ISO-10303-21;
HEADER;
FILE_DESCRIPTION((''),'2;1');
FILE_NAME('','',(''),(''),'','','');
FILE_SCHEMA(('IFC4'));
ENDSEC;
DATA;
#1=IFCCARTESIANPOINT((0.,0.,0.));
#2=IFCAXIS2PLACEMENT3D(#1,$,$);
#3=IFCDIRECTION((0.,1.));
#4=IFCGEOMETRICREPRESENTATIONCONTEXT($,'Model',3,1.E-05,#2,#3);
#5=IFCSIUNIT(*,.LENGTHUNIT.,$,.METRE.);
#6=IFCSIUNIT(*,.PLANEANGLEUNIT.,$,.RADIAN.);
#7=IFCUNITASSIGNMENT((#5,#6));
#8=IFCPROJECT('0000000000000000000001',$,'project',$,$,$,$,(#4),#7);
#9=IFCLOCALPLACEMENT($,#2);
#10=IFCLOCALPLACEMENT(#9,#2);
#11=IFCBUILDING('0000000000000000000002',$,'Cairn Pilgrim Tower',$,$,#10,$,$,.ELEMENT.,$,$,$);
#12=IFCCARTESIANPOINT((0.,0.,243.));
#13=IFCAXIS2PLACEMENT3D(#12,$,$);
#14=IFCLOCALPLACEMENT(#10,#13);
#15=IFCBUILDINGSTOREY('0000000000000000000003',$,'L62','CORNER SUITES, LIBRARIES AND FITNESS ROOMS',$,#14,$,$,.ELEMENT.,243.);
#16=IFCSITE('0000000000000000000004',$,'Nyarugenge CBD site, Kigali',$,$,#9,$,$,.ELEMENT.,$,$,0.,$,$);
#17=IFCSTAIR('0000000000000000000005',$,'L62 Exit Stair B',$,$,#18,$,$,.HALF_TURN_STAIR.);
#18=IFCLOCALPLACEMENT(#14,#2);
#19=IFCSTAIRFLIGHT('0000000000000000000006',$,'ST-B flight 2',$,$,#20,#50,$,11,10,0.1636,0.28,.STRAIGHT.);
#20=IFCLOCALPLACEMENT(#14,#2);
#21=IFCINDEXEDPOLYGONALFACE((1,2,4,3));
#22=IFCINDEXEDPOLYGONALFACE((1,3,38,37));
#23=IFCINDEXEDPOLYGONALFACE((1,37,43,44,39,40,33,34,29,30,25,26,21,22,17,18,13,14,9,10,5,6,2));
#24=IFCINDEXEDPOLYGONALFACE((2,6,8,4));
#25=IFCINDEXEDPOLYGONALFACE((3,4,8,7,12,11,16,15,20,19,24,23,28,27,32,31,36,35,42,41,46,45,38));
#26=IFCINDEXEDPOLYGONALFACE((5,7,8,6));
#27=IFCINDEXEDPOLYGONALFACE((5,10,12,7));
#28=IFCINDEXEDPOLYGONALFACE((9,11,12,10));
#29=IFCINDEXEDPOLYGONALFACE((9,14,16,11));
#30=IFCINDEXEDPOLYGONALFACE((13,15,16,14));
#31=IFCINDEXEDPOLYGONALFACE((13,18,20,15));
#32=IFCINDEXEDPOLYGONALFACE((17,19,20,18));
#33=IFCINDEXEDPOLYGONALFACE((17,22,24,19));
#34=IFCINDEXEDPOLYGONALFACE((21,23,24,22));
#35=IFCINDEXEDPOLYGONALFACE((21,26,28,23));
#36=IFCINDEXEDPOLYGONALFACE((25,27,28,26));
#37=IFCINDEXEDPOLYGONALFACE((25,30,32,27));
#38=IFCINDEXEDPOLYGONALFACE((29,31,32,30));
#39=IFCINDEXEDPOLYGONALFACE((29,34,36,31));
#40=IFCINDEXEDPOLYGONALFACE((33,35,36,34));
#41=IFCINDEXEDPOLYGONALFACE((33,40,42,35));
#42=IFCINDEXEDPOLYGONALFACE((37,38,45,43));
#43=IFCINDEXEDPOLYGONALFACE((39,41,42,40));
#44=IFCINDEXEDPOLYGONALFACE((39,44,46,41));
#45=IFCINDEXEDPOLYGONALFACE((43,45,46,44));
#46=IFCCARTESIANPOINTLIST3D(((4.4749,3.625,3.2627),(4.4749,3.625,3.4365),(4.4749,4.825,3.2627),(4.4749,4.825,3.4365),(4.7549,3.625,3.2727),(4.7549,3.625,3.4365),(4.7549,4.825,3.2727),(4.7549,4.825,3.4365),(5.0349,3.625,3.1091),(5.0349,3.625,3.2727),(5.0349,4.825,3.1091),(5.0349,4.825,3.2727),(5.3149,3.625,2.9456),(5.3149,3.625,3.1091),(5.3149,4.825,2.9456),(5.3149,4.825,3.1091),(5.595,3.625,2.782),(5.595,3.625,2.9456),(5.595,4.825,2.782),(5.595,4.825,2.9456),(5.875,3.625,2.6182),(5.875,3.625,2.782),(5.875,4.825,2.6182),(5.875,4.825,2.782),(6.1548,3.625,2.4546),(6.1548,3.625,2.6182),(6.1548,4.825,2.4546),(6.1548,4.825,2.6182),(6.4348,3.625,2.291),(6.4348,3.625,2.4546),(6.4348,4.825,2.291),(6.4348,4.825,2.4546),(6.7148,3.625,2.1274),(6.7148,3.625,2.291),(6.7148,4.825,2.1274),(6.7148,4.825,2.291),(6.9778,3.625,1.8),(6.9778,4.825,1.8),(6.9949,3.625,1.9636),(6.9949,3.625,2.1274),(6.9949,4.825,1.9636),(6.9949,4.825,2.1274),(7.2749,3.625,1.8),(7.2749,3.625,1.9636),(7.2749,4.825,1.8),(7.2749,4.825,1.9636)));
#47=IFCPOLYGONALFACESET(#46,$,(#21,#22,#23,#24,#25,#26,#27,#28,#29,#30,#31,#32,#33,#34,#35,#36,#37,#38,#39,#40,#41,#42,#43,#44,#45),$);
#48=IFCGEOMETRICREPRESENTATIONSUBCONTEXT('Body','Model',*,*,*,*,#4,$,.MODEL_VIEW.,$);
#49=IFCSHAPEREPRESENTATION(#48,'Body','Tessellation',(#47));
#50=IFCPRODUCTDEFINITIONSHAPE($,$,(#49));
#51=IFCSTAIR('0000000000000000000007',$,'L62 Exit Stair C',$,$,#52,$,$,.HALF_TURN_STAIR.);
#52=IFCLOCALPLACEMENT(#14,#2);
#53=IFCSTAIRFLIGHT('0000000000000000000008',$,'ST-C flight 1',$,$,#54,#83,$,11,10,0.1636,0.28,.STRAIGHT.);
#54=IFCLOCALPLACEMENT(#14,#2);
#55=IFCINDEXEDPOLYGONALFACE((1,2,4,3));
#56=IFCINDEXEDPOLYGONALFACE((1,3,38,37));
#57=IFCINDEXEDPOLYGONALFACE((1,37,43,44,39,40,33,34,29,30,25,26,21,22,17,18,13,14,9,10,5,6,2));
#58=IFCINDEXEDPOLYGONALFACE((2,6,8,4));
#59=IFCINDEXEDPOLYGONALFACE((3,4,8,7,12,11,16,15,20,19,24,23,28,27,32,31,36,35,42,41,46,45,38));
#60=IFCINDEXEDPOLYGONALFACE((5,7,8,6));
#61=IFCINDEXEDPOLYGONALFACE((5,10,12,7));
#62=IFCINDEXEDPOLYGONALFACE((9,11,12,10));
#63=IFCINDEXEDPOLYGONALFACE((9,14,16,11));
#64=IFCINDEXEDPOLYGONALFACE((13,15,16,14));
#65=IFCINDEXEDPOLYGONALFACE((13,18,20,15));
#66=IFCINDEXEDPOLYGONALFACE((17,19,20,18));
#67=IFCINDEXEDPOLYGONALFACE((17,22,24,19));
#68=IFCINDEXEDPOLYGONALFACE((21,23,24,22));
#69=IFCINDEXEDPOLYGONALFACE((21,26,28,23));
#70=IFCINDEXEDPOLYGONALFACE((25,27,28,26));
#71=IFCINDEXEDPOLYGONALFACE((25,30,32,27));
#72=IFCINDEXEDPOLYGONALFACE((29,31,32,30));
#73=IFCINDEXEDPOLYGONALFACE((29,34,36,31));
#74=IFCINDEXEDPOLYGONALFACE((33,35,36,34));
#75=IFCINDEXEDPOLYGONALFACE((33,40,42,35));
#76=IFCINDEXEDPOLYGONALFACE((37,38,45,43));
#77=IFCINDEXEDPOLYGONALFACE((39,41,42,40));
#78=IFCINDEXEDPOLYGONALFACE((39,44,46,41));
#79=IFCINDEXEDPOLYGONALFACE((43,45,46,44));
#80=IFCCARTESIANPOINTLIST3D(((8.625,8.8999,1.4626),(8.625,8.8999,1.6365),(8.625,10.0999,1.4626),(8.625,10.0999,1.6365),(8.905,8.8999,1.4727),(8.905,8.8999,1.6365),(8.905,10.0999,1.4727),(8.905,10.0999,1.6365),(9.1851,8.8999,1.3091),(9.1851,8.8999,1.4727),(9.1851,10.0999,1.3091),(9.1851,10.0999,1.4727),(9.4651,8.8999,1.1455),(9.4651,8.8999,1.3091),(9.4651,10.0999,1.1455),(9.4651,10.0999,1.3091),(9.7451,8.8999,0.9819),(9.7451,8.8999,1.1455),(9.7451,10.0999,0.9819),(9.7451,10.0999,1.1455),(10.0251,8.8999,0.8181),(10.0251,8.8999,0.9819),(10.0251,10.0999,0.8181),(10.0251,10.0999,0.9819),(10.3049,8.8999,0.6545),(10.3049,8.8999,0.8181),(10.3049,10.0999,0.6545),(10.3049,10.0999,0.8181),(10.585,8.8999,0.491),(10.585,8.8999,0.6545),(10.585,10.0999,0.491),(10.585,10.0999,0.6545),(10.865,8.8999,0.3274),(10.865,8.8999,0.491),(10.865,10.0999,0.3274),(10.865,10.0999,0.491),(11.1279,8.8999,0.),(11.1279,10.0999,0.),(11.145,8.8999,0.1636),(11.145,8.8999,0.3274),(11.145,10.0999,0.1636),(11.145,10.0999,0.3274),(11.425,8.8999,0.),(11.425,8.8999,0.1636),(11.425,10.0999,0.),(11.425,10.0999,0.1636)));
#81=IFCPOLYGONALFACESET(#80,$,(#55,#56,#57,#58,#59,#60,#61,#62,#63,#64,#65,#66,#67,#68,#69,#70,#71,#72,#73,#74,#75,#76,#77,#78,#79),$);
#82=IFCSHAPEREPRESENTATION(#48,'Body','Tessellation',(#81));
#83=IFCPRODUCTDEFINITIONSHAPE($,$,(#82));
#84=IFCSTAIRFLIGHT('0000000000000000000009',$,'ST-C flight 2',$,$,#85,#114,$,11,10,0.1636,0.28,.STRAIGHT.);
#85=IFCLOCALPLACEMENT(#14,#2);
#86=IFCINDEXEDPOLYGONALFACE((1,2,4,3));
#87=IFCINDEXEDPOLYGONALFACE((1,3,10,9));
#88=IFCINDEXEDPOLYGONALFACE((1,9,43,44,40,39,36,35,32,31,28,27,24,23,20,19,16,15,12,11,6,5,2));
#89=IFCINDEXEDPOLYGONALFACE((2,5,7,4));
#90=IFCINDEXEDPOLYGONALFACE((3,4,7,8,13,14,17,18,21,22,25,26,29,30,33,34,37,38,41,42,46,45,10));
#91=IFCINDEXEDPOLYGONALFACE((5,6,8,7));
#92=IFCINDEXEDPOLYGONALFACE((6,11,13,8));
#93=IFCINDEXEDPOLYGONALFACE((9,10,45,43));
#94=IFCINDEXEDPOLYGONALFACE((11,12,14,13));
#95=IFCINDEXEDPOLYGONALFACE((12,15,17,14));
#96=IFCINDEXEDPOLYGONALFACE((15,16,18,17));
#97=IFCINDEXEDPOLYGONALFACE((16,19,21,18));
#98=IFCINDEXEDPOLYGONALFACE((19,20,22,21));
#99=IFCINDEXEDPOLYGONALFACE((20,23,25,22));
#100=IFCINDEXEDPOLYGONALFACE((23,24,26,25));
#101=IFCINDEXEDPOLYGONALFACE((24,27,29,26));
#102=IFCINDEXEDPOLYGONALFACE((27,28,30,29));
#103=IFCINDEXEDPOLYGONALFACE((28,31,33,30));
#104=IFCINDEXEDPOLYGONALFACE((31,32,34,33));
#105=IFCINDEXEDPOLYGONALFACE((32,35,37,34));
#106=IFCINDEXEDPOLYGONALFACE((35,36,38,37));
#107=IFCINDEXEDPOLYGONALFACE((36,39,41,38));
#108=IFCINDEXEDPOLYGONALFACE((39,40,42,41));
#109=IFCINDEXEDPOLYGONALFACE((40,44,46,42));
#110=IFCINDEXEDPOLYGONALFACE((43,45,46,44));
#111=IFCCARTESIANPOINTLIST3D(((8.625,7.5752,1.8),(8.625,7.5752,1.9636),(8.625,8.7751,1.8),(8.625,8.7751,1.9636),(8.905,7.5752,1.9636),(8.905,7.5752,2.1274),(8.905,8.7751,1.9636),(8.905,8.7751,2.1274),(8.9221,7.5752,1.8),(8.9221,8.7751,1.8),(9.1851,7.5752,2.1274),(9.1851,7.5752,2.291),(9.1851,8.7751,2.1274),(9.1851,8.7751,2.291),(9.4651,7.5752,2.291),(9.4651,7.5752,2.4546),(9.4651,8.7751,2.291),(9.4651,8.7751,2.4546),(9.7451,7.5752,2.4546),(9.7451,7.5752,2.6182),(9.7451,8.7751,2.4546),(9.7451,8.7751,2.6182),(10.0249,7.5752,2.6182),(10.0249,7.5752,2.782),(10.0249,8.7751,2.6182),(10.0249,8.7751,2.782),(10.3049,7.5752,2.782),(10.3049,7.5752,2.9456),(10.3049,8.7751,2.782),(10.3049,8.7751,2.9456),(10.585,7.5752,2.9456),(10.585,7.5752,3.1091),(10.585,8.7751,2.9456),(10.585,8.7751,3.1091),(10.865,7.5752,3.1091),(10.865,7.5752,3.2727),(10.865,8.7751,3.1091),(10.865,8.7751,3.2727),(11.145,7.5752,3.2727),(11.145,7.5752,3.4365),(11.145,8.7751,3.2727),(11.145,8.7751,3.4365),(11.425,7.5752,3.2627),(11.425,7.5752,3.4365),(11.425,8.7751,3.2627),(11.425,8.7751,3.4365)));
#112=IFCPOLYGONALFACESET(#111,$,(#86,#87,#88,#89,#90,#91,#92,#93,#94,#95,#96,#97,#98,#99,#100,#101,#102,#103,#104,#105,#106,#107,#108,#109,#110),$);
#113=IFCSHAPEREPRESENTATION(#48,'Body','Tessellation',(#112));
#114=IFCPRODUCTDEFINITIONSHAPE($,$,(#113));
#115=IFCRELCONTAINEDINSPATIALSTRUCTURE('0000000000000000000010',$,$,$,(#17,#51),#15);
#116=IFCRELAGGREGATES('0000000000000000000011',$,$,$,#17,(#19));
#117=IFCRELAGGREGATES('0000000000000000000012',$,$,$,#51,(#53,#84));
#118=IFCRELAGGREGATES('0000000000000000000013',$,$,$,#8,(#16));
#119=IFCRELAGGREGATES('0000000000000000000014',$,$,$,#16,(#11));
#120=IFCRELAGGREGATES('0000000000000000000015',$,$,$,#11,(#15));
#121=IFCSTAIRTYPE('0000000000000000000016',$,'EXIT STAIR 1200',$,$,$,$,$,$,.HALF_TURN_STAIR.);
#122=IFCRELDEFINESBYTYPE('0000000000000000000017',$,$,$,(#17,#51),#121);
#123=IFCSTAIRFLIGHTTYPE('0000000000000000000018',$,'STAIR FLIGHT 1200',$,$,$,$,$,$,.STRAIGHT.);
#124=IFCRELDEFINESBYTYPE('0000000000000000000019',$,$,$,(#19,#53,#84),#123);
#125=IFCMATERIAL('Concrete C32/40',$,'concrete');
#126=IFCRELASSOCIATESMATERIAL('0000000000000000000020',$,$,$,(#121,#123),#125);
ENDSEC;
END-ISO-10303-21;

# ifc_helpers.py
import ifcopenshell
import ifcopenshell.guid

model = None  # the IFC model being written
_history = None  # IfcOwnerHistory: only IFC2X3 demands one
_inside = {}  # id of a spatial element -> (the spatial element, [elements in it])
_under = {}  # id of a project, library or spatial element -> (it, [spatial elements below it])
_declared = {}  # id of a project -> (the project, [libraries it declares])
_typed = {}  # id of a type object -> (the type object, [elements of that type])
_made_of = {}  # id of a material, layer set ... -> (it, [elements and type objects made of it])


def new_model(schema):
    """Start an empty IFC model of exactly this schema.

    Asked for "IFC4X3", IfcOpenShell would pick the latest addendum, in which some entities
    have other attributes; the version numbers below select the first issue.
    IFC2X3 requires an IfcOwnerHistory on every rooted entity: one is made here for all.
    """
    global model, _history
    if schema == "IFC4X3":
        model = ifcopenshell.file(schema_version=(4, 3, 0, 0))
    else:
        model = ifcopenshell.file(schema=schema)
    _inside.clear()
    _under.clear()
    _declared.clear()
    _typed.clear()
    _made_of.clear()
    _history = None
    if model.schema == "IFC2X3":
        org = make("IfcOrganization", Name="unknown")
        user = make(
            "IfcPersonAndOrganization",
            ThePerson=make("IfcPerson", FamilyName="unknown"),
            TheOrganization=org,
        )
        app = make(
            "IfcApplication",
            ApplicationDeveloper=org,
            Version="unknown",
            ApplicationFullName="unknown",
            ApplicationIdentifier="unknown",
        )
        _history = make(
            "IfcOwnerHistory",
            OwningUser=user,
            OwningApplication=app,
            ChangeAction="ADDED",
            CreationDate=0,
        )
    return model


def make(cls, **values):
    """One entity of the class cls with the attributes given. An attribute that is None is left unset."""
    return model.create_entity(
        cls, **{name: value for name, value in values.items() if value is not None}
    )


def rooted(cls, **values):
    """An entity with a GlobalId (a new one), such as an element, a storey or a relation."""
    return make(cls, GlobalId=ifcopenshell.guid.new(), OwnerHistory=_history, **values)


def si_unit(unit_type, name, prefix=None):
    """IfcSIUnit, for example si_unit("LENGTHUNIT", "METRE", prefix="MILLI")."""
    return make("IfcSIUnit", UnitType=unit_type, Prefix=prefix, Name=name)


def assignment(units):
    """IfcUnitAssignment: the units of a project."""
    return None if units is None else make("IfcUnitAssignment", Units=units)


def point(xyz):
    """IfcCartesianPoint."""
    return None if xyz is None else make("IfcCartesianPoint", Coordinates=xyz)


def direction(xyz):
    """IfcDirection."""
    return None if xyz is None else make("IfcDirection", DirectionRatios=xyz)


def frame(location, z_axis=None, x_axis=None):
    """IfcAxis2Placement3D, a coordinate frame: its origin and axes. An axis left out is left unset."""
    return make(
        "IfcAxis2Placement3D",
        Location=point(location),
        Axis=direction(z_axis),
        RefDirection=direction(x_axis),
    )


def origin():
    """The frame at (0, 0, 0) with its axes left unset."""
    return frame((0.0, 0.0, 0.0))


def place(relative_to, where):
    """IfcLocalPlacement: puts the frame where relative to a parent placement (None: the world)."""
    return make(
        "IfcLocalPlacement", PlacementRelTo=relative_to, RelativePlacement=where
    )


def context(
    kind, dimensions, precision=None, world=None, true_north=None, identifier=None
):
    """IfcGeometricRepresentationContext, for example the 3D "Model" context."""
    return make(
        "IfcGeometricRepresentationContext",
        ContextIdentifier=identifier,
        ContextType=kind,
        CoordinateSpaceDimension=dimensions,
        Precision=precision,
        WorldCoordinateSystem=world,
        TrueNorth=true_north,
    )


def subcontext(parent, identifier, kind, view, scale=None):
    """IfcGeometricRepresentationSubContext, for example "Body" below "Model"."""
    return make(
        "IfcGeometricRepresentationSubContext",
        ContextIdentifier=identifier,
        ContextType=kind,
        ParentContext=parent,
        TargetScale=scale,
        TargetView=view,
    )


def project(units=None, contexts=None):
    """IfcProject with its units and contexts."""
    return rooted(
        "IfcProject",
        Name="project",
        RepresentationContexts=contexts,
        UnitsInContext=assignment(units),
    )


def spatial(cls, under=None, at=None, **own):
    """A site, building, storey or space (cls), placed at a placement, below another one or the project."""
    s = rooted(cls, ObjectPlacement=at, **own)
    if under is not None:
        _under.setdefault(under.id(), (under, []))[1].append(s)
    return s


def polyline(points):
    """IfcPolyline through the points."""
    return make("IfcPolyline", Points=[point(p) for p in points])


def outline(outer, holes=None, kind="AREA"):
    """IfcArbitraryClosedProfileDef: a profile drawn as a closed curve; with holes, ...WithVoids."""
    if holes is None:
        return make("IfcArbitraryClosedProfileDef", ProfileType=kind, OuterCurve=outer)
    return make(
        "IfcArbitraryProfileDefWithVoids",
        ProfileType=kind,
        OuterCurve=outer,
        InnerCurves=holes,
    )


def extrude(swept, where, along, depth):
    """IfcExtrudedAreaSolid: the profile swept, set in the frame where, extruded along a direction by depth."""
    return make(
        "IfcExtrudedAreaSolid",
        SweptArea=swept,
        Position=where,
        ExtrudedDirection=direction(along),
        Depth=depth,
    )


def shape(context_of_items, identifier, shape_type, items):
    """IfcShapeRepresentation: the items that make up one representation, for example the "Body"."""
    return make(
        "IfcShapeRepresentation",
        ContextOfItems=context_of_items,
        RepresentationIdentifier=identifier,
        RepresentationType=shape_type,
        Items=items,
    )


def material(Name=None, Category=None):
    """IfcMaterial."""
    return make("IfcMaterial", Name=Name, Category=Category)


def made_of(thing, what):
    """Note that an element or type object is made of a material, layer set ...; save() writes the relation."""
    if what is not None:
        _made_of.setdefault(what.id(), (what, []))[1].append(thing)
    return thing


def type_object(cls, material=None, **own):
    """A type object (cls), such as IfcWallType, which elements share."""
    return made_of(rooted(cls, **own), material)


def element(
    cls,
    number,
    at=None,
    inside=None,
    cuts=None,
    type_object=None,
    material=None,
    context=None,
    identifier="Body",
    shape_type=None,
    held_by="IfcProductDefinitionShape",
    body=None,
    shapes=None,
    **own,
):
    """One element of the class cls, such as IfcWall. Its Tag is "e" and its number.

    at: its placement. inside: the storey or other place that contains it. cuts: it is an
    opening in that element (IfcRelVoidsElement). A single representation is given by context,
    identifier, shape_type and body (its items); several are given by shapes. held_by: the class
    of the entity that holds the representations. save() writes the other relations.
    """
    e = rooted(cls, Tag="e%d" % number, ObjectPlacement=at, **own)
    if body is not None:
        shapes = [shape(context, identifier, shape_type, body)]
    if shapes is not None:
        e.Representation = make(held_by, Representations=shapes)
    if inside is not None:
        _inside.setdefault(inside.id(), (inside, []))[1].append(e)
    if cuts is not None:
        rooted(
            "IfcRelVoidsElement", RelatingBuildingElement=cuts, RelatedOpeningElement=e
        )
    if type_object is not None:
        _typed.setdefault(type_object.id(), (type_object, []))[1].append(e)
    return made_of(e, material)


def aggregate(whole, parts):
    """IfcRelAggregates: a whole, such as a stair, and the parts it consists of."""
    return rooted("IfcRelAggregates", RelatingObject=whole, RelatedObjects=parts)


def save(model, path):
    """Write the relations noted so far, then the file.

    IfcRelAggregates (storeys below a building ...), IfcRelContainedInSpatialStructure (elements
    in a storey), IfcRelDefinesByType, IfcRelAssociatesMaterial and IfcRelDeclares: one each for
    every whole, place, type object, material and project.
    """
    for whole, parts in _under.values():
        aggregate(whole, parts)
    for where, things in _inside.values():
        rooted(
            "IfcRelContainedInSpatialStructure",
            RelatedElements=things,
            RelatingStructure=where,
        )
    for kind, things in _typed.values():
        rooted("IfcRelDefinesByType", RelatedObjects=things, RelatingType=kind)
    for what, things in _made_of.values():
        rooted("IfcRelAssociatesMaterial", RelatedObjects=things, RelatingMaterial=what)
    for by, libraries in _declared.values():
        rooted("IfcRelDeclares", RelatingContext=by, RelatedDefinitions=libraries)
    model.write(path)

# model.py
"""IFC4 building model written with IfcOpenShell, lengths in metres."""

from ifc_helpers import new_model, si_unit, direction, frame, origin, place, context, subcontext, project, spatial, polyline, outline, extrude, material, type_object, element, aggregate, save


model = new_model("IFC4")

# Units and contexts
model_context = context("Model", 3, precision=1e-05, world=origin(), true_north=direction((0.0, 1.0)))
body_context = subcontext(model_context, "Body", "Model", "MODEL_VIEW")
ifc_project = project(units=[si_unit("LENGTHUNIT", "METRE"), si_unit("PLANEANGLEUNIT", "RADIAN")], contexts=[model_context])

# Site, building, storey
site_placement = place(None, origin())
site = spatial("IfcSite", under=ifc_project, at=site_placement, Name="Nyarugenge CBD site, Kigali", CompositionType="ELEMENT", RefElevation=0.0)
building_placement = place(site_placement, origin())
building = spatial("IfcBuilding", under=site, at=building_placement, Name="Cairn Pilgrim Tower", CompositionType="ELEMENT")
storey_placement = place(building_placement, frame((0.0, 0.0, 243.0)))
storey = spatial("IfcBuildingStorey", under=building, at=storey_placement, Name="L62", Description="CORNER SUITES, LIBRARIES AND FITNESS ROOMS", CompositionType="ELEMENT", Elevation=243.0)

# Shared definitions
ifc_material_1 = material(Name="Concrete C32/40", Category="concrete")

# Stairs, stair flights
stair_type = type_object("IfcStairType", Name="EXIT STAIR 1200", PredefinedType="HALF_TURN_STAIR", material=ifc_material_1)
stair_1_placement = place(storey_placement, origin())
stair_1 = element("IfcStair", 1, at=stair_1_placement, inside=storey, type_object=stair_type, Name="L62 Exit Stair B", PredefinedType="HALF_TURN_STAIR")
stair_flight_type = type_object("IfcStairFlightType", Name="STAIR FLIGHT 1200", PredefinedType="STRAIGHT", material=ifc_material_1)
stair_flight_1_placement = place(storey_placement, frame((7.2749, 4.2251, 1.8), z_axis=(0.0, 0.0, 1.0), x_axis=(-1.0, 0.0, 0.0)))
stair_flight_1 = element("IfcStairFlight", 2, at=stair_flight_1_placement, type_object=stair_flight_type, Name="ST-B flight 2", NumberOfRisers=11, NumberOfTreads=10, PredefinedType="STRAIGHT", RiserHeight=0.1636, TreadLength=0.28, context=body_context, shape_type="SweptSolid", body=[
    extrude(outline(polyline([(0.0, 0.0), (0.0, 0.1636), (0.28, 0.1636), (0.28, 0.3274), (0.5601, 0.3274), (0.5601, 0.491), (0.8401, 0.491), (0.8401, 0.6545), (1.1201, 0.6545), (1.1201, 0.8181), (1.3999, 0.8181), (1.3999, 0.9819), (1.6799, 0.9819), (1.6799, 1.1455), (1.96, 1.1455), (1.96, 1.3091), (2.24, 1.3091), (2.24, 1.4727), (2.52, 1.4727), (2.52, 1.6365), (2.8, 1.6365), (2.8, 1.8), (2.8, 1.4626), (0.2971, 0.0), (0.0, 0.0)])), frame((0.0, 0.6001, 0.0), z_axis=(0.0, -1.0, 0.0), x_axis=(1.0, 0.0, 0.0)), (0.0, 0.0, 1.0), 1.2),
])
aggregate(stair_1, [stair_flight_1])
stair_2_placement = place(storey_placement, origin())
stair_2 = element("IfcStair", 3, at=stair_2_placement, inside=storey, type_object=stair_type, Name="L62 Exit Stair C", PredefinedType="HALF_TURN_STAIR")
stair_flight_2_placement = place(storey_placement, frame((11.425, 9.5, 0.0), z_axis=(0.0, 0.0, 1.0), x_axis=(-1.0, 0.0, 0.0)))
stair_flight_2 = element("IfcStairFlight", 4, at=stair_flight_2_placement, type_object=stair_flight_type, Name="ST-C flight 1", NumberOfRisers=11, NumberOfTreads=10, PredefinedType="STRAIGHT", RiserHeight=0.1636, TreadLength=0.28, context=body_context, shape_type="SweptSolid", body=[
    extrude(outline(polyline([(0.0, 0.0), (0.0, 0.1636), (0.28, 0.1636), (0.28, 0.3274), (0.5601, 0.3274), (0.5601, 0.491), (0.8401, 0.491), (0.8401, 0.6545), (1.1201, 0.6545), (1.1201, 0.8181), (1.3999, 0.8181), (1.3999, 0.9819), (1.6799, 0.9819), (1.6799, 1.1455), (1.96, 1.1455), (1.96, 1.3091), (2.24, 1.3091), (2.24, 1.4727), (2.52, 1.4727), (2.52, 1.6365), (2.8, 1.6365), (2.8, 1.8), (2.8, 1.4626), (0.2971, 0.0), (0.0, 0.0)])), frame((0.0, 0.6001, 0.0), z_axis=(0.0, -1.0, 0.0), x_axis=(1.0, 0.0, 0.0)), (0.0, 0.0, 1.0), 1.2),
])
stair_flight_3_placement = place(storey_placement, frame((8.625, 8.175, 1.8), z_axis=(0.0, 0.0, 1.0), x_axis=(1.0, 0.0, 0.0)))
stair_flight_3 = element("IfcStairFlight", 5, at=stair_flight_3_placement, type_object=stair_flight_type, Name="ST-C flight 2", NumberOfRisers=11, NumberOfTreads=10, PredefinedType="STRAIGHT", RiserHeight=0.1636, TreadLength=0.28, context=body_context, shape_type="SweptSolid", body=[
    extrude(outline(polyline([(0.0, 0.0), (0.0, 0.1636), (0.28, 0.1636), (0.28, 0.3274), (0.5601, 0.3274), (0.5601, 0.491), (0.8401, 0.491), (0.8401, 0.6545), (1.1201, 0.6545), (1.1201, 0.8181), (1.3999, 0.8181), (1.3999, 0.9819), (1.6799, 0.9819), (1.6799, 1.1455), (1.96, 1.1455), (1.96, 1.3091), (2.24, 1.3091), (2.24, 1.4727), (2.52, 1.4727), (2.52, 1.6365), (2.8, 1.6365), (2.8, 1.8), (2.8, 1.4626), (0.2971, 0.0), (0.0, 0.0)])), frame((0.0, 0.6001, 0.0), z_axis=(0.0, -1.0, 0.0), x_axis=(1.0, 0.0, 0.0)), (0.0, 0.0, 1.0), 1.2),
])
aggregate(stair_2, [stair_flight_2, stair_flight_3])

save(model, "model.ifc")
